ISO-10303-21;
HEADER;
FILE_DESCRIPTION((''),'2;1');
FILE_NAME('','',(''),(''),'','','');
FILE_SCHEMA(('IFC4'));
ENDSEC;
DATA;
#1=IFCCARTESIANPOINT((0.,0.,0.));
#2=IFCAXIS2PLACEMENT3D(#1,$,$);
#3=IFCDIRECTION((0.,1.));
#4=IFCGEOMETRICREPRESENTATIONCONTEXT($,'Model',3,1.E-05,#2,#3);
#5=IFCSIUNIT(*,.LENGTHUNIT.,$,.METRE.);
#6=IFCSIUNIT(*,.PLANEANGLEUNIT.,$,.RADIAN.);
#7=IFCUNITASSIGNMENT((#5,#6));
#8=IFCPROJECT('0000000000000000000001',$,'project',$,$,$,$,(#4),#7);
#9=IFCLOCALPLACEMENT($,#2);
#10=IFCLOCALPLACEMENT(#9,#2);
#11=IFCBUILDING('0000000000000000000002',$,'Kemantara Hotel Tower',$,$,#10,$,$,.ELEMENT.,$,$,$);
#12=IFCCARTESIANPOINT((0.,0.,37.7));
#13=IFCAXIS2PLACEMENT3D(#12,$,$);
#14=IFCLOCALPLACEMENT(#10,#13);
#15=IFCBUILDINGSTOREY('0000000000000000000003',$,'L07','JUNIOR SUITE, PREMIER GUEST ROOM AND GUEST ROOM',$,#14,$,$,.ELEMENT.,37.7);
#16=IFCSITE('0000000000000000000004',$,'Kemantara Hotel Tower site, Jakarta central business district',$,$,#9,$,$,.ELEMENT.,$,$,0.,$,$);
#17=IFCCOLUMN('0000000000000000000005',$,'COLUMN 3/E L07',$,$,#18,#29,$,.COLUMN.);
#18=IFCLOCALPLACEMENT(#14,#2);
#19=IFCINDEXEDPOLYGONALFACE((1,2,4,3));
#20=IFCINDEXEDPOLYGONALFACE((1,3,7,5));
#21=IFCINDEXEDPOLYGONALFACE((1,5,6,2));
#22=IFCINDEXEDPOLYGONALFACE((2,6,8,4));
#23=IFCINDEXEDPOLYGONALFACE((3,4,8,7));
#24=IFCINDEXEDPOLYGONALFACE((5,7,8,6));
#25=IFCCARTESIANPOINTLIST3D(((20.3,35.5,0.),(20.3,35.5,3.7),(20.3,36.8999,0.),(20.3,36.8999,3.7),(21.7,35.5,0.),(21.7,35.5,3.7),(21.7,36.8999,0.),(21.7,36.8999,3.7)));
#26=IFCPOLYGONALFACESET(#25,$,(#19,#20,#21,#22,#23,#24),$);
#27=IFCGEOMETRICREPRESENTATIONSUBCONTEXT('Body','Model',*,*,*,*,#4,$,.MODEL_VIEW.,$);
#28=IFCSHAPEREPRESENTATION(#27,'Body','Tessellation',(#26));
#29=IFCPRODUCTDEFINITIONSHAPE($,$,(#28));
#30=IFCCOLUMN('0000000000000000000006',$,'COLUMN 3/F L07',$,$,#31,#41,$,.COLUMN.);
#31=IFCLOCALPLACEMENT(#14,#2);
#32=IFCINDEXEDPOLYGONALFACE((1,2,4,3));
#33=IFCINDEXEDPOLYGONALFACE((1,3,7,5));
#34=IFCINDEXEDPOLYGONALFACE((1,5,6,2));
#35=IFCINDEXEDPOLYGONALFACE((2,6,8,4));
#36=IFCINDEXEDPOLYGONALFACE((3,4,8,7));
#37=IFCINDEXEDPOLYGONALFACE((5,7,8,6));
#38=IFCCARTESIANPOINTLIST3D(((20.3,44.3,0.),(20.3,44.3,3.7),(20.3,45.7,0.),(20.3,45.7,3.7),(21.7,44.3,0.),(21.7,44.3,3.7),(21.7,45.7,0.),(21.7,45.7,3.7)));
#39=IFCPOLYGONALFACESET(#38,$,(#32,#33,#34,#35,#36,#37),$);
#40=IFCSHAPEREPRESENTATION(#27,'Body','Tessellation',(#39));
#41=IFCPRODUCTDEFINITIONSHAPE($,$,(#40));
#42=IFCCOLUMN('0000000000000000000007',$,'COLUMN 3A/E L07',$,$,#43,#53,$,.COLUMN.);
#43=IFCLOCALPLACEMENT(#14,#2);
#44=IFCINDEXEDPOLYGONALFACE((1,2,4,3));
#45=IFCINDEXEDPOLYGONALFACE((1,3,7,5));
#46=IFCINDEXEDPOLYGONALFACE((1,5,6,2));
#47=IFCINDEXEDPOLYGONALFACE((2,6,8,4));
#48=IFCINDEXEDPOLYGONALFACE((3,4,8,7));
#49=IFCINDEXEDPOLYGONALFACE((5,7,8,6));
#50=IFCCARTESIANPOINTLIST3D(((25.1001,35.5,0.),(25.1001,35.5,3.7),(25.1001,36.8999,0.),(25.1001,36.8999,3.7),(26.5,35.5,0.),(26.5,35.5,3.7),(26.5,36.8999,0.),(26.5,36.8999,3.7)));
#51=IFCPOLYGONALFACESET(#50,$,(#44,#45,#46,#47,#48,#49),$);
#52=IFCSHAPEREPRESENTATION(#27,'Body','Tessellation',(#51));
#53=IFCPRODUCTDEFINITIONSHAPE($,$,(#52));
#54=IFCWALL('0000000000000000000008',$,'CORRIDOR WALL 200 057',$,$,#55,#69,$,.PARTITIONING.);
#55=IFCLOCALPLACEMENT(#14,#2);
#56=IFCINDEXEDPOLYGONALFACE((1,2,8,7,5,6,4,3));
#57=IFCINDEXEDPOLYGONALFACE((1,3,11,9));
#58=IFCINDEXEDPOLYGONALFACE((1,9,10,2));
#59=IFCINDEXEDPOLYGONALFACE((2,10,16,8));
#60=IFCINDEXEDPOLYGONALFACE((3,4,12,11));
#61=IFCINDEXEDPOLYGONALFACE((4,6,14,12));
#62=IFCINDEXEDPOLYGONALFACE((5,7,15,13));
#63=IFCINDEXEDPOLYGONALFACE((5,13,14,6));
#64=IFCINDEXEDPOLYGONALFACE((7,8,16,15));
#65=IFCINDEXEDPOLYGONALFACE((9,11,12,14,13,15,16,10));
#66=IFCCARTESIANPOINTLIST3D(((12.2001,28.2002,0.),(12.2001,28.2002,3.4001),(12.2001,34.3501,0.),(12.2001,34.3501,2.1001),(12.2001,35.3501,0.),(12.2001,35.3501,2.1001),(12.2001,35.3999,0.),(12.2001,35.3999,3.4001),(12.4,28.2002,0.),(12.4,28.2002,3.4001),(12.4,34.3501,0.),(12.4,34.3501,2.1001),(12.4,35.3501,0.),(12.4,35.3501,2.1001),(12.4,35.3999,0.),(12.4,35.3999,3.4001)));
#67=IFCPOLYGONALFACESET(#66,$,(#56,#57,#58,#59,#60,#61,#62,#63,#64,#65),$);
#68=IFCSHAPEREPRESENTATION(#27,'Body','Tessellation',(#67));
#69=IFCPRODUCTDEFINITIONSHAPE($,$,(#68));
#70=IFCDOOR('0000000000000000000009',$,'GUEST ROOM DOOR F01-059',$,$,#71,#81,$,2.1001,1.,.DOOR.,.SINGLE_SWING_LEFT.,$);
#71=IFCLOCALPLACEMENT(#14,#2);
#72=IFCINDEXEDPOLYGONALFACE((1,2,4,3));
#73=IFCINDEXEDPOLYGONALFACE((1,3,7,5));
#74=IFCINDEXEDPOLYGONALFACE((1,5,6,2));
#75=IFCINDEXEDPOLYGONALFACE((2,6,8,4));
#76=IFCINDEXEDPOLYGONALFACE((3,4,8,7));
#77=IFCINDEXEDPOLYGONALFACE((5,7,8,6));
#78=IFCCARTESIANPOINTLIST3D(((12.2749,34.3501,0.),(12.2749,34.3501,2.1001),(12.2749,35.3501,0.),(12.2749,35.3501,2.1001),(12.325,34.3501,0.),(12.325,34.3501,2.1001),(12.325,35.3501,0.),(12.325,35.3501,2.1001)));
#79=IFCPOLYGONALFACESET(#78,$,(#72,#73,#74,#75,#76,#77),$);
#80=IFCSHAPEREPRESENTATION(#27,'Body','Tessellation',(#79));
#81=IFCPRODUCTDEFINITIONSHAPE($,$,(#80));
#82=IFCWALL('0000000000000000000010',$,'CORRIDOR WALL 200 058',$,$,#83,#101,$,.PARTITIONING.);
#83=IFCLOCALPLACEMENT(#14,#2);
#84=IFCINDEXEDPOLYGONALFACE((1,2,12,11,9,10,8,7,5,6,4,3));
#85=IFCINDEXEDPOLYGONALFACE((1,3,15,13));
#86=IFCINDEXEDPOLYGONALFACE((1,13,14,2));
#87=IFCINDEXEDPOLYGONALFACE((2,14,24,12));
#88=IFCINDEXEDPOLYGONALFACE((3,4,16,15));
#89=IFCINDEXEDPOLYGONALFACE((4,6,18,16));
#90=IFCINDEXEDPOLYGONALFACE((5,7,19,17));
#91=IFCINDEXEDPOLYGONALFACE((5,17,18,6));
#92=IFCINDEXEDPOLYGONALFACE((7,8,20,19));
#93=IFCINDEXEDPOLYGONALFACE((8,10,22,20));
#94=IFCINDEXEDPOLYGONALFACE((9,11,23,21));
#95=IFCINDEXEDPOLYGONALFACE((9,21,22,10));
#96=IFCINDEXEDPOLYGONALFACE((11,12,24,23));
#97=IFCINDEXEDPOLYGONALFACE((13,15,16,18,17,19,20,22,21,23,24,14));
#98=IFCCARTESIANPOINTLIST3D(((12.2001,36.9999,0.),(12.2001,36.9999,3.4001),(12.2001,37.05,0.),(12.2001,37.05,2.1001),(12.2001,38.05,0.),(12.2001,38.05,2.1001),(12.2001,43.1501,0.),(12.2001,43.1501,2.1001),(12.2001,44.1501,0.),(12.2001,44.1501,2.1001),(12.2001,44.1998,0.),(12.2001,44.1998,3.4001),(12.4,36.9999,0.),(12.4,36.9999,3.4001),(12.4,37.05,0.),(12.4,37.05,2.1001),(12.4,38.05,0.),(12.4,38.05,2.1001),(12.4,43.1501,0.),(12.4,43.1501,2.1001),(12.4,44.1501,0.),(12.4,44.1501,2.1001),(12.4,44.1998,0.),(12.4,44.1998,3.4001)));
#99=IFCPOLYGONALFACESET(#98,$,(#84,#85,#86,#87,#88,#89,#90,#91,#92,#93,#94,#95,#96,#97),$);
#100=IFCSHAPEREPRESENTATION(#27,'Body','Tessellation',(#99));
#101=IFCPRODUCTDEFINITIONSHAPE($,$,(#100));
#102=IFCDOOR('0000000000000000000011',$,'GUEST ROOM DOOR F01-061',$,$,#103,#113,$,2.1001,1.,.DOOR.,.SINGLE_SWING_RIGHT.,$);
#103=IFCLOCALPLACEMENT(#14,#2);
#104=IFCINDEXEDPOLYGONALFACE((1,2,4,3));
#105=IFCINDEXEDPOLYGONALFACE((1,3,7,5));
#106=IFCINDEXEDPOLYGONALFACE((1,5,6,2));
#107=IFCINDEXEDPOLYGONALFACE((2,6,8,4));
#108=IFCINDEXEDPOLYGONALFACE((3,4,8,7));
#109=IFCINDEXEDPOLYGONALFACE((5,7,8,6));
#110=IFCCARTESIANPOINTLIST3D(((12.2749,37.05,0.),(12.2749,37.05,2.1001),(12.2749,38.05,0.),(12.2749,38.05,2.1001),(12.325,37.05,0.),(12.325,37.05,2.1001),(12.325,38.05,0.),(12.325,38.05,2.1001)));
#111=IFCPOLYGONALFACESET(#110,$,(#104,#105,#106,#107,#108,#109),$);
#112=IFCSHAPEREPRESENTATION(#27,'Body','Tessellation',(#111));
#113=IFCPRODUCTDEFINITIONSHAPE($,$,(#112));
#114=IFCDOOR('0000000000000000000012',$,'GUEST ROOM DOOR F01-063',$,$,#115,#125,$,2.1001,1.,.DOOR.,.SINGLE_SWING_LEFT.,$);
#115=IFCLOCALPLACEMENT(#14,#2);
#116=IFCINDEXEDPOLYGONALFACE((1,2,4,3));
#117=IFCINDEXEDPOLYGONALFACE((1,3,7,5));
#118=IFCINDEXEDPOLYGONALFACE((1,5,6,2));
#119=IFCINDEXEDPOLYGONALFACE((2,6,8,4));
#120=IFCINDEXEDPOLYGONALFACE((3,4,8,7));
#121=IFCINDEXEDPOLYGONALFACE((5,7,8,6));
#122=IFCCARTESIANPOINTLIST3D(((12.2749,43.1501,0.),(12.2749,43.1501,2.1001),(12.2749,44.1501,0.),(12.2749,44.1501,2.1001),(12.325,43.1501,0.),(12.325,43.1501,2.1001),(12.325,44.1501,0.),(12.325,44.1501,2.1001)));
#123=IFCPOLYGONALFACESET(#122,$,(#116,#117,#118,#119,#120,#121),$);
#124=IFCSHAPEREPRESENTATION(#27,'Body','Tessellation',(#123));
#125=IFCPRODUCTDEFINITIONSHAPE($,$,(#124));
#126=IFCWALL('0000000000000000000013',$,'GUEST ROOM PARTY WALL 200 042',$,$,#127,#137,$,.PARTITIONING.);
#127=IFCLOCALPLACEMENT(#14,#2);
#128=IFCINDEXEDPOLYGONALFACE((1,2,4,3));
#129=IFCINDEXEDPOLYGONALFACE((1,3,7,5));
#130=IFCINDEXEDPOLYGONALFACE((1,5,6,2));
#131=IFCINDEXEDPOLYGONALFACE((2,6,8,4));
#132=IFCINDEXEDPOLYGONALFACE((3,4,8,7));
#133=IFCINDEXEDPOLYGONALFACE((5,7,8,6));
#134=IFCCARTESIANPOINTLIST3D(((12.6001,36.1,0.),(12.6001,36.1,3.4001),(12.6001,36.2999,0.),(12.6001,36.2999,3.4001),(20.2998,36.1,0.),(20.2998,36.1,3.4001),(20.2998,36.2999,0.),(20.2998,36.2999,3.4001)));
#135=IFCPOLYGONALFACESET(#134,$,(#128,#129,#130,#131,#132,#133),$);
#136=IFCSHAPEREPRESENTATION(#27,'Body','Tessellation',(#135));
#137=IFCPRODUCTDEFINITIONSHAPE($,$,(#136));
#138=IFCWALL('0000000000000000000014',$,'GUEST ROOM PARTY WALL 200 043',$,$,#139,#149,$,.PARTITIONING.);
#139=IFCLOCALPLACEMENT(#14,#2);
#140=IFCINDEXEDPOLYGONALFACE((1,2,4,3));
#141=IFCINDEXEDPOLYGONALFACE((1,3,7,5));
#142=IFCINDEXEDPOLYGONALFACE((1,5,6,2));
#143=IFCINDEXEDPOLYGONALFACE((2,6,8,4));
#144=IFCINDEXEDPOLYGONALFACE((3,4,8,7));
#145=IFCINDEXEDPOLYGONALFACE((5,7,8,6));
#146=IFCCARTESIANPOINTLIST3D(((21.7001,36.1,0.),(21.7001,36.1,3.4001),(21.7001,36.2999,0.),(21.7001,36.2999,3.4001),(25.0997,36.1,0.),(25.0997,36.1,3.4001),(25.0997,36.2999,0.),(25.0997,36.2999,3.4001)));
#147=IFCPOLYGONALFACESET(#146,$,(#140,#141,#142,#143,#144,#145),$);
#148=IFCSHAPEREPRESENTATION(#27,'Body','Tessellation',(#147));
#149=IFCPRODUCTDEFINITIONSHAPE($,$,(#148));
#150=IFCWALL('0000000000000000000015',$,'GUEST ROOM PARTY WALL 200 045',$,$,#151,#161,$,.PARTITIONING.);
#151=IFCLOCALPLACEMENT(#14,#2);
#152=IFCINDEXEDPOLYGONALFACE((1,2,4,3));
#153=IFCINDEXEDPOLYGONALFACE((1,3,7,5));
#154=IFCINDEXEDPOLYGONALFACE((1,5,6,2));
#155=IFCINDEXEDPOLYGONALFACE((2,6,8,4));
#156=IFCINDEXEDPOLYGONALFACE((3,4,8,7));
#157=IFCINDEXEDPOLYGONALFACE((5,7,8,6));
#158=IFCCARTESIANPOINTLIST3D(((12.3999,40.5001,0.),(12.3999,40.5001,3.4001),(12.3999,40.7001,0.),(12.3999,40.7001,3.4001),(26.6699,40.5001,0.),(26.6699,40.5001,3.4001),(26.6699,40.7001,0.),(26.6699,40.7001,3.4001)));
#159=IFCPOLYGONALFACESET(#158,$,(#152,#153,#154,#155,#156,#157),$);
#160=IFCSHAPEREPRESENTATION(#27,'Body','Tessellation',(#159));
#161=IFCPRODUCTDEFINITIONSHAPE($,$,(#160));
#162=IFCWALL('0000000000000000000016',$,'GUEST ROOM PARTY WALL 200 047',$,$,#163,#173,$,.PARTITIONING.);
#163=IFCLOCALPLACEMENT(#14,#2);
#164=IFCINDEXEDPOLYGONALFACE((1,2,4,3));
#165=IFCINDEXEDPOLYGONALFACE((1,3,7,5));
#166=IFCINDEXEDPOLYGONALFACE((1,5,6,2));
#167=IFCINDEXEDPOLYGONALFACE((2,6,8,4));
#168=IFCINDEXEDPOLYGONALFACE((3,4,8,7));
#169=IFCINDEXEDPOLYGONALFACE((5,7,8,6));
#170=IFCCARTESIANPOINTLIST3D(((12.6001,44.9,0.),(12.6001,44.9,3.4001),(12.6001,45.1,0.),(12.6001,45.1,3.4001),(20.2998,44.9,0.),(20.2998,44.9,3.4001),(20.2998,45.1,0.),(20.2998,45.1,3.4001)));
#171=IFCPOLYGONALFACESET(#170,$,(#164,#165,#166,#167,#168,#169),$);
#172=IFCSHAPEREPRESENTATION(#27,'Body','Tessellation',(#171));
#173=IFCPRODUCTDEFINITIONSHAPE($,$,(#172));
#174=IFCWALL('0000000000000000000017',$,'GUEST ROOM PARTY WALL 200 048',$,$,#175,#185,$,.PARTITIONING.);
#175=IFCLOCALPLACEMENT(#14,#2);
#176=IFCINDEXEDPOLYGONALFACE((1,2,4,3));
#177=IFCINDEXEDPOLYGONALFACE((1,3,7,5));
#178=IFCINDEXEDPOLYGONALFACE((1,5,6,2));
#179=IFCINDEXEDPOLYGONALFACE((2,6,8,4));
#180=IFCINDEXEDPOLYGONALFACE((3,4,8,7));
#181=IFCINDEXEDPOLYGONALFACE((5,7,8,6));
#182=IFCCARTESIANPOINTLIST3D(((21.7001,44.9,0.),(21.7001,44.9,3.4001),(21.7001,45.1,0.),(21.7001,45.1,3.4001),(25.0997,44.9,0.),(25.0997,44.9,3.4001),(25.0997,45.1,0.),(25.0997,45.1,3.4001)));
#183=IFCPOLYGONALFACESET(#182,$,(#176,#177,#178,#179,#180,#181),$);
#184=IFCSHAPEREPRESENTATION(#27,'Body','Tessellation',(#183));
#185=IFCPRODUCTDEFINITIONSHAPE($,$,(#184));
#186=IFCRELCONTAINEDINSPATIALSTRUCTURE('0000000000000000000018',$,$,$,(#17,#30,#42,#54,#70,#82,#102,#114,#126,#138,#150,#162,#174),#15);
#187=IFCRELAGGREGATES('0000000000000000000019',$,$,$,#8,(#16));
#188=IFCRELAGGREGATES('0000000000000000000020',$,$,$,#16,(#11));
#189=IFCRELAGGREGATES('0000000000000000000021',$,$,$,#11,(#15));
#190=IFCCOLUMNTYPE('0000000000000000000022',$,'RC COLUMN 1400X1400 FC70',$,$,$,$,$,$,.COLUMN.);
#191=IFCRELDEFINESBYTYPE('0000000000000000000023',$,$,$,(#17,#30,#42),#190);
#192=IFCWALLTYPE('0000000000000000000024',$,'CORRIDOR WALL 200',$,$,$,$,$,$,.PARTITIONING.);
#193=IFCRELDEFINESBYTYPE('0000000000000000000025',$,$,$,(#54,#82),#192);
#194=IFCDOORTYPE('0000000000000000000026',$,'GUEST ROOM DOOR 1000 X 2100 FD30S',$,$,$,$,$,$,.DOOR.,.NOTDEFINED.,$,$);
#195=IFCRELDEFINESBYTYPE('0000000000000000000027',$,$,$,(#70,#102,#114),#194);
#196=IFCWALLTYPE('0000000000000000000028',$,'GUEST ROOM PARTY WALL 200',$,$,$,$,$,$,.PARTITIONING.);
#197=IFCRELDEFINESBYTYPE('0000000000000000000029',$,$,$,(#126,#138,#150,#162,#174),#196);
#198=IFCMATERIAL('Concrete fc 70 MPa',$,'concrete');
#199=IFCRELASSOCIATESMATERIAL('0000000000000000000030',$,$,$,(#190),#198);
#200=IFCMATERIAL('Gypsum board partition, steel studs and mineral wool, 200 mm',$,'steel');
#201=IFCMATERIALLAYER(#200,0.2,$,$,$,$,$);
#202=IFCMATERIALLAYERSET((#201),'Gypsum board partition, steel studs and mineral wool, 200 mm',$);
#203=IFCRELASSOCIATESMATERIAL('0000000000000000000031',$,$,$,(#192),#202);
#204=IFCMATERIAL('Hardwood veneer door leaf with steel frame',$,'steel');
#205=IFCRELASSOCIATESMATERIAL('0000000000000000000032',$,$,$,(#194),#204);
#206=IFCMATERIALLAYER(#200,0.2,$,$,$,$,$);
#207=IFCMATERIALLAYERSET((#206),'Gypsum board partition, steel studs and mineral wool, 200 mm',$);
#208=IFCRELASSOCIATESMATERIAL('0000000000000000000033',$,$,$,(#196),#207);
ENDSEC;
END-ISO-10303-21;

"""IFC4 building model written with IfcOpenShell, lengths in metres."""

from ifc_helpers import new_model, si_unit, direction, frame, frame_2d, origin, origin_2d, place, context, subcontext, project, spatial, rectangle, extrude, material, layer, layer_set, material_profile, profile_set, type_object, element, fill, save


model = new_model("IFC4")

# Units and contexts
model_context = context("Model", 3, precision=1e-05, world=origin(), true_north=direction((0.0, 1.0)))
body_context = subcontext(model_context, "Body", "Model", "MODEL_VIEW")
ifc_project = project(units=[si_unit("LENGTHUNIT", "METRE"), si_unit("PLANEANGLEUNIT", "RADIAN")], contexts=[model_context])

# Site, building, storey
site_placement = place(None, origin())
site = spatial("IfcSite", under=ifc_project, at=site_placement, Name="Kemantara Hotel Tower site, Jakarta central business district", CompositionType="ELEMENT", RefElevation=0.0)
building_placement = place(site_placement, origin())
building = spatial("IfcBuilding", under=site, at=building_placement, Name="Kemantara Hotel Tower", CompositionType="ELEMENT")
storey_placement = place(building_placement, frame((0.0, 0.0, 37.7)))
storey = spatial("IfcBuildingStorey", under=building, at=storey_placement, Name="L07", Description="JUNIOR SUITE, PREMIER GUEST ROOM AND GUEST ROOM", CompositionType="ELEMENT", Elevation=37.7)

# Columns
ifc_material_1 = material(Name="Concrete fc 70 MPa", Category="concrete")
ifc_material_profile = material_profile(ifc_material_1, rectangle(XDim=1.3999, YDim=1.3999, at=origin_2d()), Name="RC 1400X1400")
ifc_profile_set = profile_set([ifc_material_profile], Name="Concrete fc 70 MPa")
column_type = type_object("IfcColumnType", Name="RC COLUMN 1400X1400 FC70", PredefinedType="COLUMN", material=ifc_profile_set)
for number, where, z_axis, x_axis, name in (
    (1, (21.0, 36.2, 0.0), (0.0, 0.0, 1.0), (1.0, 0.0, 0.0), "COLUMN 3/E L07"),
    (2, (21.0, 45.0, 0.0), (0.0, 0.0, 1.0), (1.0, 0.0, 0.0), "COLUMN 3/F L07"),
    (3, (25.8, 36.2, 0.0), (0.0, 0.0, 1.0), (1.0, 0.0, 0.0), "COLUMN 3A/E L07"),
):
    element("IfcColumn", number, at=place(storey_placement, frame(where, z_axis=z_axis, x_axis=x_axis)), inside=storey, type_object=column_type, Name=name, PredefinedType="COLUMN", context=body_context, shape_type="SweptSolid", body=[
        extrude(rectangle(XDim=1.3999, YDim=1.3999, at=origin_2d()), origin(), (0.0, 0.0, 1.0), 3.7),
    ])

# Wall, opening, door
ifc_material_2 = material(Name="Gypsum board partition, steel studs and mineral wool, 200 mm", Category="steel")
ifc_layer_1 = layer(ifc_material_2, 0.2)
ifc_layer_set_1 = layer_set([ifc_layer_1], Name="Gypsum board partition, steel studs and mineral wool, 200 mm")
wall_type_1 = type_object("IfcWallType", Name="CORRIDOR WALL 200", PredefinedType="PARTITIONING", material=ifc_layer_set_1)
wall_1_placement = place(storey_placement, frame((12.3, 35.3999, 0.0), z_axis=(0.0, 0.0, 1.0), x_axis=(0.0, -1.0, 0.0)))
wall_1 = element("IfcWall", 4, at=wall_1_placement, inside=storey, type_object=wall_type_1, Name="CORRIDOR WALL 200 057", PredefinedType="PARTITIONING", context=body_context, shape_type="SweptSolid", body=[
    extrude(rectangle(XDim=7.1997, YDim=0.2, at=frame_2d((3.5999, 0.0))), origin(), (0.0, 0.0, 1.0), 3.4001),
])
opening_1_placement = place(wall_1_placement, frame((0.0498, 0.0, 0.0)))
opening_1 = element("IfcOpeningElement", 5, at=opening_1_placement, cuts=wall_1, PredefinedType="OPENING", context=body_context, shape_type="SweptSolid", body=[
    extrude(rectangle(XDim=1.0, YDim=2.1001, at=frame_2d((0.5, 1.05))), frame((0.0, 0.1099, 0.0), z_axis=(0.0, -1.0, 0.0), x_axis=(1.0, 0.0, 0.0)), (0.0, 0.0, 1.0), 0.22),
])
ifc_material_3 = material(Name="Hardwood veneer door leaf with steel frame", Category="steel")
door_type_1 = type_object("IfcDoorType", Name="GUEST ROOM DOOR 1000 X 2100 FD30S", OperationType="NOTDEFINED", PredefinedType="DOOR", material=ifc_material_3)
door_1_placement = place(opening_1_placement, origin())
door_1 = element("IfcDoor", 6, at=door_1_placement, inside=storey, type_object=door_type_1, Name="GUEST ROOM DOOR F01-059", OperationType="SINGLE_SWING_LEFT", OverallHeight=2.1001, OverallWidth=1.0, PredefinedType="DOOR", context=body_context, shape_type="SweptSolid", body=[
    extrude(rectangle(XDim=1.0, YDim=2.1001, at=frame_2d((0.5, 1.05))), frame((0.0, 0.0249, 0.0), z_axis=(0.0, -1.0, 0.0), x_axis=(1.0, 0.0, 0.0)), (0.0, 0.0, 1.0), 0.05),
])
fill(opening_1, door_1)

# Wall, openings, doors
wall_2_placement = place(storey_placement, frame((12.3, 44.2, 0.0), z_axis=(0.0, 0.0, 1.0), x_axis=(0.0, -1.0, 0.0)))
wall_2 = element("IfcWall", 7, at=wall_2_placement, inside=storey, type_object=wall_type_1, Name="CORRIDOR WALL 200 058", PredefinedType="PARTITIONING", context=body_context, shape_type="SweptSolid", body=[
    extrude(rectangle(XDim=7.2, YDim=0.2, at=frame_2d((3.6001, 0.0))), origin(), (0.0, 0.0, 1.0), 3.4001),
])
opening_2_placement = place(wall_2_placement, frame((6.1499, 0.0, 0.0)))
opening_2 = element("IfcOpeningElement", 8, at=opening_2_placement, cuts=wall_2, PredefinedType="OPENING", context=body_context, shape_type="SweptSolid", body=[
    extrude(rectangle(XDim=1.0, YDim=2.1001, at=frame_2d((0.5, 1.05))), frame((0.0, 0.1099, 0.0), z_axis=(0.0, -1.0, 0.0), x_axis=(1.0, 0.0, 0.0)), (0.0, 0.0, 1.0), 0.22),
])
opening_3_placement = place(wall_2_placement, frame((0.0498, 0.0, 0.0)))
opening_3 = element("IfcOpeningElement", 9, at=opening_3_placement, cuts=wall_2, PredefinedType="OPENING", context=body_context, shape_type="SweptSolid", body=[
    extrude(rectangle(XDim=1.0, YDim=2.1001, at=frame_2d((0.5, 1.05))), frame((0.0, 0.1099, 0.0), z_axis=(0.0, -1.0, 0.0), x_axis=(1.0, 0.0, 0.0)), (0.0, 0.0, 1.0), 0.22),
])
door_2_placement = place(opening_2_placement, origin())
door_2 = element("IfcDoor", 10, at=door_2_placement, inside=storey, type_object=door_type_1, Name="GUEST ROOM DOOR F01-061", OperationType="SINGLE_SWING_RIGHT", OverallHeight=2.1001, OverallWidth=1.0, PredefinedType="DOOR", context=body_context, shape_type="SweptSolid", body=[
    extrude(rectangle(XDim=1.0, YDim=2.1001, at=frame_2d((0.5, 1.05))), frame((0.0, 0.0249, 0.0), z_axis=(0.0, -1.0, 0.0), x_axis=(1.0, 0.0, 0.0)), (0.0, 0.0, 1.0), 0.05),
])
fill(opening_2, door_2)
door_3_placement = place(opening_3_placement, origin())
door_3 = element("IfcDoor", 11, at=door_3_placement, inside=storey, type_object=door_type_1, Name="GUEST ROOM DOOR F01-063", OperationType="SINGLE_SWING_LEFT", OverallHeight=2.1001, OverallWidth=1.0, PredefinedType="DOOR", context=body_context, shape_type="SweptSolid", body=[
    extrude(rectangle(XDim=1.0, YDim=2.1001, at=frame_2d((0.5, 1.05))), frame((0.0, 0.0249, 0.0), z_axis=(0.0, -1.0, 0.0), x_axis=(1.0, 0.0, 0.0)), (0.0, 0.0, 1.0), 0.05),
])
fill(opening_3, door_3)

# Walls
ifc_layer_2 = layer(ifc_material_2, 0.2)
ifc_layer_set_2 = layer_set([ifc_layer_2], Name="Gypsum board partition, steel studs and mineral wool, 200 mm")
wall_type_2 = type_object("IfcWallType", Name="GUEST ROOM PARTY WALL 200", PredefinedType="PARTITIONING", material=ifc_layer_set_2)
wall_3_placement = place(storey_placement, frame((12.6001, 36.2, 0.0), z_axis=(0.0, 0.0, 1.0), x_axis=(1.0, 0.0, 0.0)))
element("IfcWall", 12, at=wall_3_placement, inside=storey, type_object=wall_type_2, Name="GUEST ROOM PARTY WALL 200 042", PredefinedType="PARTITIONING", context=body_context, shape_type="SweptSolid", body=[
    extrude(rectangle(XDim=7.6997, YDim=0.2, at=frame_2d((3.8499, 0.0))), origin(), (0.0, 0.0, 1.0), 3.4001),
])
wall_4_placement = place(storey_placement, frame((21.7002, 36.2, 0.0), z_axis=(0.0, 0.0, 1.0), x_axis=(1.0, 0.0, 0.0)))
element("IfcWall", 13, at=wall_4_placement, inside=storey, type_object=wall_type_2, Name="GUEST ROOM PARTY WALL 200 043", PredefinedType="PARTITIONING", context=body_context, shape_type="SweptSolid", body=[
    extrude(rectangle(XDim=3.3997, YDim=0.2, at=frame_2d((1.6997, 0.0))), origin(), (0.0, 0.0, 1.0), 3.4001),
])
wall_5_placement = place(storey_placement, frame((12.3999, 40.6001, 0.0), z_axis=(0.0, 0.0, 1.0), x_axis=(1.0, 0.0, 0.0)))
element("IfcWall", 14, at=wall_5_placement, inside=storey, type_object=wall_type_2, Name="GUEST ROOM PARTY WALL 200 045", PredefinedType="PARTITIONING", context=body_context, shape_type="SweptSolid", body=[
    extrude(rectangle(XDim=14.27, YDim=0.2, at=frame_2d((7.135, 0.0))), origin(), (0.0, 0.0, 1.0), 3.4001),
])
wall_6_placement = place(storey_placement, frame((12.6001, 45.0, 0.0), z_axis=(0.0, 0.0, 1.0), x_axis=(1.0, 0.0, 0.0)))
element("IfcWall", 15, at=wall_6_placement, inside=storey, type_object=wall_type_2, Name="GUEST ROOM PARTY WALL 200 047", PredefinedType="PARTITIONING", context=body_context, shape_type="SweptSolid", body=[
    extrude(rectangle(XDim=7.6997, YDim=0.2, at=frame_2d((3.8499, 0.0))), origin(), (0.0, 0.0, 1.0), 3.4001),
])
wall_7_placement = place(storey_placement, frame((21.7002, 45.0, 0.0), z_axis=(0.0, 0.0, 1.0), x_axis=(1.0, 0.0, 0.0)))
element("IfcWall", 16, at=wall_7_placement, inside=storey, type_object=wall_type_2, Name="GUEST ROOM PARTY WALL 200 048", PredefinedType="PARTITIONING", context=body_context, shape_type="SweptSolid", body=[
    extrude(rectangle(XDim=3.3997, YDim=0.2, at=frame_2d((1.6997, 0.0))), origin(), (0.0, 0.0, 1.0), 3.4001),
])

save(model, "model.ifc")
